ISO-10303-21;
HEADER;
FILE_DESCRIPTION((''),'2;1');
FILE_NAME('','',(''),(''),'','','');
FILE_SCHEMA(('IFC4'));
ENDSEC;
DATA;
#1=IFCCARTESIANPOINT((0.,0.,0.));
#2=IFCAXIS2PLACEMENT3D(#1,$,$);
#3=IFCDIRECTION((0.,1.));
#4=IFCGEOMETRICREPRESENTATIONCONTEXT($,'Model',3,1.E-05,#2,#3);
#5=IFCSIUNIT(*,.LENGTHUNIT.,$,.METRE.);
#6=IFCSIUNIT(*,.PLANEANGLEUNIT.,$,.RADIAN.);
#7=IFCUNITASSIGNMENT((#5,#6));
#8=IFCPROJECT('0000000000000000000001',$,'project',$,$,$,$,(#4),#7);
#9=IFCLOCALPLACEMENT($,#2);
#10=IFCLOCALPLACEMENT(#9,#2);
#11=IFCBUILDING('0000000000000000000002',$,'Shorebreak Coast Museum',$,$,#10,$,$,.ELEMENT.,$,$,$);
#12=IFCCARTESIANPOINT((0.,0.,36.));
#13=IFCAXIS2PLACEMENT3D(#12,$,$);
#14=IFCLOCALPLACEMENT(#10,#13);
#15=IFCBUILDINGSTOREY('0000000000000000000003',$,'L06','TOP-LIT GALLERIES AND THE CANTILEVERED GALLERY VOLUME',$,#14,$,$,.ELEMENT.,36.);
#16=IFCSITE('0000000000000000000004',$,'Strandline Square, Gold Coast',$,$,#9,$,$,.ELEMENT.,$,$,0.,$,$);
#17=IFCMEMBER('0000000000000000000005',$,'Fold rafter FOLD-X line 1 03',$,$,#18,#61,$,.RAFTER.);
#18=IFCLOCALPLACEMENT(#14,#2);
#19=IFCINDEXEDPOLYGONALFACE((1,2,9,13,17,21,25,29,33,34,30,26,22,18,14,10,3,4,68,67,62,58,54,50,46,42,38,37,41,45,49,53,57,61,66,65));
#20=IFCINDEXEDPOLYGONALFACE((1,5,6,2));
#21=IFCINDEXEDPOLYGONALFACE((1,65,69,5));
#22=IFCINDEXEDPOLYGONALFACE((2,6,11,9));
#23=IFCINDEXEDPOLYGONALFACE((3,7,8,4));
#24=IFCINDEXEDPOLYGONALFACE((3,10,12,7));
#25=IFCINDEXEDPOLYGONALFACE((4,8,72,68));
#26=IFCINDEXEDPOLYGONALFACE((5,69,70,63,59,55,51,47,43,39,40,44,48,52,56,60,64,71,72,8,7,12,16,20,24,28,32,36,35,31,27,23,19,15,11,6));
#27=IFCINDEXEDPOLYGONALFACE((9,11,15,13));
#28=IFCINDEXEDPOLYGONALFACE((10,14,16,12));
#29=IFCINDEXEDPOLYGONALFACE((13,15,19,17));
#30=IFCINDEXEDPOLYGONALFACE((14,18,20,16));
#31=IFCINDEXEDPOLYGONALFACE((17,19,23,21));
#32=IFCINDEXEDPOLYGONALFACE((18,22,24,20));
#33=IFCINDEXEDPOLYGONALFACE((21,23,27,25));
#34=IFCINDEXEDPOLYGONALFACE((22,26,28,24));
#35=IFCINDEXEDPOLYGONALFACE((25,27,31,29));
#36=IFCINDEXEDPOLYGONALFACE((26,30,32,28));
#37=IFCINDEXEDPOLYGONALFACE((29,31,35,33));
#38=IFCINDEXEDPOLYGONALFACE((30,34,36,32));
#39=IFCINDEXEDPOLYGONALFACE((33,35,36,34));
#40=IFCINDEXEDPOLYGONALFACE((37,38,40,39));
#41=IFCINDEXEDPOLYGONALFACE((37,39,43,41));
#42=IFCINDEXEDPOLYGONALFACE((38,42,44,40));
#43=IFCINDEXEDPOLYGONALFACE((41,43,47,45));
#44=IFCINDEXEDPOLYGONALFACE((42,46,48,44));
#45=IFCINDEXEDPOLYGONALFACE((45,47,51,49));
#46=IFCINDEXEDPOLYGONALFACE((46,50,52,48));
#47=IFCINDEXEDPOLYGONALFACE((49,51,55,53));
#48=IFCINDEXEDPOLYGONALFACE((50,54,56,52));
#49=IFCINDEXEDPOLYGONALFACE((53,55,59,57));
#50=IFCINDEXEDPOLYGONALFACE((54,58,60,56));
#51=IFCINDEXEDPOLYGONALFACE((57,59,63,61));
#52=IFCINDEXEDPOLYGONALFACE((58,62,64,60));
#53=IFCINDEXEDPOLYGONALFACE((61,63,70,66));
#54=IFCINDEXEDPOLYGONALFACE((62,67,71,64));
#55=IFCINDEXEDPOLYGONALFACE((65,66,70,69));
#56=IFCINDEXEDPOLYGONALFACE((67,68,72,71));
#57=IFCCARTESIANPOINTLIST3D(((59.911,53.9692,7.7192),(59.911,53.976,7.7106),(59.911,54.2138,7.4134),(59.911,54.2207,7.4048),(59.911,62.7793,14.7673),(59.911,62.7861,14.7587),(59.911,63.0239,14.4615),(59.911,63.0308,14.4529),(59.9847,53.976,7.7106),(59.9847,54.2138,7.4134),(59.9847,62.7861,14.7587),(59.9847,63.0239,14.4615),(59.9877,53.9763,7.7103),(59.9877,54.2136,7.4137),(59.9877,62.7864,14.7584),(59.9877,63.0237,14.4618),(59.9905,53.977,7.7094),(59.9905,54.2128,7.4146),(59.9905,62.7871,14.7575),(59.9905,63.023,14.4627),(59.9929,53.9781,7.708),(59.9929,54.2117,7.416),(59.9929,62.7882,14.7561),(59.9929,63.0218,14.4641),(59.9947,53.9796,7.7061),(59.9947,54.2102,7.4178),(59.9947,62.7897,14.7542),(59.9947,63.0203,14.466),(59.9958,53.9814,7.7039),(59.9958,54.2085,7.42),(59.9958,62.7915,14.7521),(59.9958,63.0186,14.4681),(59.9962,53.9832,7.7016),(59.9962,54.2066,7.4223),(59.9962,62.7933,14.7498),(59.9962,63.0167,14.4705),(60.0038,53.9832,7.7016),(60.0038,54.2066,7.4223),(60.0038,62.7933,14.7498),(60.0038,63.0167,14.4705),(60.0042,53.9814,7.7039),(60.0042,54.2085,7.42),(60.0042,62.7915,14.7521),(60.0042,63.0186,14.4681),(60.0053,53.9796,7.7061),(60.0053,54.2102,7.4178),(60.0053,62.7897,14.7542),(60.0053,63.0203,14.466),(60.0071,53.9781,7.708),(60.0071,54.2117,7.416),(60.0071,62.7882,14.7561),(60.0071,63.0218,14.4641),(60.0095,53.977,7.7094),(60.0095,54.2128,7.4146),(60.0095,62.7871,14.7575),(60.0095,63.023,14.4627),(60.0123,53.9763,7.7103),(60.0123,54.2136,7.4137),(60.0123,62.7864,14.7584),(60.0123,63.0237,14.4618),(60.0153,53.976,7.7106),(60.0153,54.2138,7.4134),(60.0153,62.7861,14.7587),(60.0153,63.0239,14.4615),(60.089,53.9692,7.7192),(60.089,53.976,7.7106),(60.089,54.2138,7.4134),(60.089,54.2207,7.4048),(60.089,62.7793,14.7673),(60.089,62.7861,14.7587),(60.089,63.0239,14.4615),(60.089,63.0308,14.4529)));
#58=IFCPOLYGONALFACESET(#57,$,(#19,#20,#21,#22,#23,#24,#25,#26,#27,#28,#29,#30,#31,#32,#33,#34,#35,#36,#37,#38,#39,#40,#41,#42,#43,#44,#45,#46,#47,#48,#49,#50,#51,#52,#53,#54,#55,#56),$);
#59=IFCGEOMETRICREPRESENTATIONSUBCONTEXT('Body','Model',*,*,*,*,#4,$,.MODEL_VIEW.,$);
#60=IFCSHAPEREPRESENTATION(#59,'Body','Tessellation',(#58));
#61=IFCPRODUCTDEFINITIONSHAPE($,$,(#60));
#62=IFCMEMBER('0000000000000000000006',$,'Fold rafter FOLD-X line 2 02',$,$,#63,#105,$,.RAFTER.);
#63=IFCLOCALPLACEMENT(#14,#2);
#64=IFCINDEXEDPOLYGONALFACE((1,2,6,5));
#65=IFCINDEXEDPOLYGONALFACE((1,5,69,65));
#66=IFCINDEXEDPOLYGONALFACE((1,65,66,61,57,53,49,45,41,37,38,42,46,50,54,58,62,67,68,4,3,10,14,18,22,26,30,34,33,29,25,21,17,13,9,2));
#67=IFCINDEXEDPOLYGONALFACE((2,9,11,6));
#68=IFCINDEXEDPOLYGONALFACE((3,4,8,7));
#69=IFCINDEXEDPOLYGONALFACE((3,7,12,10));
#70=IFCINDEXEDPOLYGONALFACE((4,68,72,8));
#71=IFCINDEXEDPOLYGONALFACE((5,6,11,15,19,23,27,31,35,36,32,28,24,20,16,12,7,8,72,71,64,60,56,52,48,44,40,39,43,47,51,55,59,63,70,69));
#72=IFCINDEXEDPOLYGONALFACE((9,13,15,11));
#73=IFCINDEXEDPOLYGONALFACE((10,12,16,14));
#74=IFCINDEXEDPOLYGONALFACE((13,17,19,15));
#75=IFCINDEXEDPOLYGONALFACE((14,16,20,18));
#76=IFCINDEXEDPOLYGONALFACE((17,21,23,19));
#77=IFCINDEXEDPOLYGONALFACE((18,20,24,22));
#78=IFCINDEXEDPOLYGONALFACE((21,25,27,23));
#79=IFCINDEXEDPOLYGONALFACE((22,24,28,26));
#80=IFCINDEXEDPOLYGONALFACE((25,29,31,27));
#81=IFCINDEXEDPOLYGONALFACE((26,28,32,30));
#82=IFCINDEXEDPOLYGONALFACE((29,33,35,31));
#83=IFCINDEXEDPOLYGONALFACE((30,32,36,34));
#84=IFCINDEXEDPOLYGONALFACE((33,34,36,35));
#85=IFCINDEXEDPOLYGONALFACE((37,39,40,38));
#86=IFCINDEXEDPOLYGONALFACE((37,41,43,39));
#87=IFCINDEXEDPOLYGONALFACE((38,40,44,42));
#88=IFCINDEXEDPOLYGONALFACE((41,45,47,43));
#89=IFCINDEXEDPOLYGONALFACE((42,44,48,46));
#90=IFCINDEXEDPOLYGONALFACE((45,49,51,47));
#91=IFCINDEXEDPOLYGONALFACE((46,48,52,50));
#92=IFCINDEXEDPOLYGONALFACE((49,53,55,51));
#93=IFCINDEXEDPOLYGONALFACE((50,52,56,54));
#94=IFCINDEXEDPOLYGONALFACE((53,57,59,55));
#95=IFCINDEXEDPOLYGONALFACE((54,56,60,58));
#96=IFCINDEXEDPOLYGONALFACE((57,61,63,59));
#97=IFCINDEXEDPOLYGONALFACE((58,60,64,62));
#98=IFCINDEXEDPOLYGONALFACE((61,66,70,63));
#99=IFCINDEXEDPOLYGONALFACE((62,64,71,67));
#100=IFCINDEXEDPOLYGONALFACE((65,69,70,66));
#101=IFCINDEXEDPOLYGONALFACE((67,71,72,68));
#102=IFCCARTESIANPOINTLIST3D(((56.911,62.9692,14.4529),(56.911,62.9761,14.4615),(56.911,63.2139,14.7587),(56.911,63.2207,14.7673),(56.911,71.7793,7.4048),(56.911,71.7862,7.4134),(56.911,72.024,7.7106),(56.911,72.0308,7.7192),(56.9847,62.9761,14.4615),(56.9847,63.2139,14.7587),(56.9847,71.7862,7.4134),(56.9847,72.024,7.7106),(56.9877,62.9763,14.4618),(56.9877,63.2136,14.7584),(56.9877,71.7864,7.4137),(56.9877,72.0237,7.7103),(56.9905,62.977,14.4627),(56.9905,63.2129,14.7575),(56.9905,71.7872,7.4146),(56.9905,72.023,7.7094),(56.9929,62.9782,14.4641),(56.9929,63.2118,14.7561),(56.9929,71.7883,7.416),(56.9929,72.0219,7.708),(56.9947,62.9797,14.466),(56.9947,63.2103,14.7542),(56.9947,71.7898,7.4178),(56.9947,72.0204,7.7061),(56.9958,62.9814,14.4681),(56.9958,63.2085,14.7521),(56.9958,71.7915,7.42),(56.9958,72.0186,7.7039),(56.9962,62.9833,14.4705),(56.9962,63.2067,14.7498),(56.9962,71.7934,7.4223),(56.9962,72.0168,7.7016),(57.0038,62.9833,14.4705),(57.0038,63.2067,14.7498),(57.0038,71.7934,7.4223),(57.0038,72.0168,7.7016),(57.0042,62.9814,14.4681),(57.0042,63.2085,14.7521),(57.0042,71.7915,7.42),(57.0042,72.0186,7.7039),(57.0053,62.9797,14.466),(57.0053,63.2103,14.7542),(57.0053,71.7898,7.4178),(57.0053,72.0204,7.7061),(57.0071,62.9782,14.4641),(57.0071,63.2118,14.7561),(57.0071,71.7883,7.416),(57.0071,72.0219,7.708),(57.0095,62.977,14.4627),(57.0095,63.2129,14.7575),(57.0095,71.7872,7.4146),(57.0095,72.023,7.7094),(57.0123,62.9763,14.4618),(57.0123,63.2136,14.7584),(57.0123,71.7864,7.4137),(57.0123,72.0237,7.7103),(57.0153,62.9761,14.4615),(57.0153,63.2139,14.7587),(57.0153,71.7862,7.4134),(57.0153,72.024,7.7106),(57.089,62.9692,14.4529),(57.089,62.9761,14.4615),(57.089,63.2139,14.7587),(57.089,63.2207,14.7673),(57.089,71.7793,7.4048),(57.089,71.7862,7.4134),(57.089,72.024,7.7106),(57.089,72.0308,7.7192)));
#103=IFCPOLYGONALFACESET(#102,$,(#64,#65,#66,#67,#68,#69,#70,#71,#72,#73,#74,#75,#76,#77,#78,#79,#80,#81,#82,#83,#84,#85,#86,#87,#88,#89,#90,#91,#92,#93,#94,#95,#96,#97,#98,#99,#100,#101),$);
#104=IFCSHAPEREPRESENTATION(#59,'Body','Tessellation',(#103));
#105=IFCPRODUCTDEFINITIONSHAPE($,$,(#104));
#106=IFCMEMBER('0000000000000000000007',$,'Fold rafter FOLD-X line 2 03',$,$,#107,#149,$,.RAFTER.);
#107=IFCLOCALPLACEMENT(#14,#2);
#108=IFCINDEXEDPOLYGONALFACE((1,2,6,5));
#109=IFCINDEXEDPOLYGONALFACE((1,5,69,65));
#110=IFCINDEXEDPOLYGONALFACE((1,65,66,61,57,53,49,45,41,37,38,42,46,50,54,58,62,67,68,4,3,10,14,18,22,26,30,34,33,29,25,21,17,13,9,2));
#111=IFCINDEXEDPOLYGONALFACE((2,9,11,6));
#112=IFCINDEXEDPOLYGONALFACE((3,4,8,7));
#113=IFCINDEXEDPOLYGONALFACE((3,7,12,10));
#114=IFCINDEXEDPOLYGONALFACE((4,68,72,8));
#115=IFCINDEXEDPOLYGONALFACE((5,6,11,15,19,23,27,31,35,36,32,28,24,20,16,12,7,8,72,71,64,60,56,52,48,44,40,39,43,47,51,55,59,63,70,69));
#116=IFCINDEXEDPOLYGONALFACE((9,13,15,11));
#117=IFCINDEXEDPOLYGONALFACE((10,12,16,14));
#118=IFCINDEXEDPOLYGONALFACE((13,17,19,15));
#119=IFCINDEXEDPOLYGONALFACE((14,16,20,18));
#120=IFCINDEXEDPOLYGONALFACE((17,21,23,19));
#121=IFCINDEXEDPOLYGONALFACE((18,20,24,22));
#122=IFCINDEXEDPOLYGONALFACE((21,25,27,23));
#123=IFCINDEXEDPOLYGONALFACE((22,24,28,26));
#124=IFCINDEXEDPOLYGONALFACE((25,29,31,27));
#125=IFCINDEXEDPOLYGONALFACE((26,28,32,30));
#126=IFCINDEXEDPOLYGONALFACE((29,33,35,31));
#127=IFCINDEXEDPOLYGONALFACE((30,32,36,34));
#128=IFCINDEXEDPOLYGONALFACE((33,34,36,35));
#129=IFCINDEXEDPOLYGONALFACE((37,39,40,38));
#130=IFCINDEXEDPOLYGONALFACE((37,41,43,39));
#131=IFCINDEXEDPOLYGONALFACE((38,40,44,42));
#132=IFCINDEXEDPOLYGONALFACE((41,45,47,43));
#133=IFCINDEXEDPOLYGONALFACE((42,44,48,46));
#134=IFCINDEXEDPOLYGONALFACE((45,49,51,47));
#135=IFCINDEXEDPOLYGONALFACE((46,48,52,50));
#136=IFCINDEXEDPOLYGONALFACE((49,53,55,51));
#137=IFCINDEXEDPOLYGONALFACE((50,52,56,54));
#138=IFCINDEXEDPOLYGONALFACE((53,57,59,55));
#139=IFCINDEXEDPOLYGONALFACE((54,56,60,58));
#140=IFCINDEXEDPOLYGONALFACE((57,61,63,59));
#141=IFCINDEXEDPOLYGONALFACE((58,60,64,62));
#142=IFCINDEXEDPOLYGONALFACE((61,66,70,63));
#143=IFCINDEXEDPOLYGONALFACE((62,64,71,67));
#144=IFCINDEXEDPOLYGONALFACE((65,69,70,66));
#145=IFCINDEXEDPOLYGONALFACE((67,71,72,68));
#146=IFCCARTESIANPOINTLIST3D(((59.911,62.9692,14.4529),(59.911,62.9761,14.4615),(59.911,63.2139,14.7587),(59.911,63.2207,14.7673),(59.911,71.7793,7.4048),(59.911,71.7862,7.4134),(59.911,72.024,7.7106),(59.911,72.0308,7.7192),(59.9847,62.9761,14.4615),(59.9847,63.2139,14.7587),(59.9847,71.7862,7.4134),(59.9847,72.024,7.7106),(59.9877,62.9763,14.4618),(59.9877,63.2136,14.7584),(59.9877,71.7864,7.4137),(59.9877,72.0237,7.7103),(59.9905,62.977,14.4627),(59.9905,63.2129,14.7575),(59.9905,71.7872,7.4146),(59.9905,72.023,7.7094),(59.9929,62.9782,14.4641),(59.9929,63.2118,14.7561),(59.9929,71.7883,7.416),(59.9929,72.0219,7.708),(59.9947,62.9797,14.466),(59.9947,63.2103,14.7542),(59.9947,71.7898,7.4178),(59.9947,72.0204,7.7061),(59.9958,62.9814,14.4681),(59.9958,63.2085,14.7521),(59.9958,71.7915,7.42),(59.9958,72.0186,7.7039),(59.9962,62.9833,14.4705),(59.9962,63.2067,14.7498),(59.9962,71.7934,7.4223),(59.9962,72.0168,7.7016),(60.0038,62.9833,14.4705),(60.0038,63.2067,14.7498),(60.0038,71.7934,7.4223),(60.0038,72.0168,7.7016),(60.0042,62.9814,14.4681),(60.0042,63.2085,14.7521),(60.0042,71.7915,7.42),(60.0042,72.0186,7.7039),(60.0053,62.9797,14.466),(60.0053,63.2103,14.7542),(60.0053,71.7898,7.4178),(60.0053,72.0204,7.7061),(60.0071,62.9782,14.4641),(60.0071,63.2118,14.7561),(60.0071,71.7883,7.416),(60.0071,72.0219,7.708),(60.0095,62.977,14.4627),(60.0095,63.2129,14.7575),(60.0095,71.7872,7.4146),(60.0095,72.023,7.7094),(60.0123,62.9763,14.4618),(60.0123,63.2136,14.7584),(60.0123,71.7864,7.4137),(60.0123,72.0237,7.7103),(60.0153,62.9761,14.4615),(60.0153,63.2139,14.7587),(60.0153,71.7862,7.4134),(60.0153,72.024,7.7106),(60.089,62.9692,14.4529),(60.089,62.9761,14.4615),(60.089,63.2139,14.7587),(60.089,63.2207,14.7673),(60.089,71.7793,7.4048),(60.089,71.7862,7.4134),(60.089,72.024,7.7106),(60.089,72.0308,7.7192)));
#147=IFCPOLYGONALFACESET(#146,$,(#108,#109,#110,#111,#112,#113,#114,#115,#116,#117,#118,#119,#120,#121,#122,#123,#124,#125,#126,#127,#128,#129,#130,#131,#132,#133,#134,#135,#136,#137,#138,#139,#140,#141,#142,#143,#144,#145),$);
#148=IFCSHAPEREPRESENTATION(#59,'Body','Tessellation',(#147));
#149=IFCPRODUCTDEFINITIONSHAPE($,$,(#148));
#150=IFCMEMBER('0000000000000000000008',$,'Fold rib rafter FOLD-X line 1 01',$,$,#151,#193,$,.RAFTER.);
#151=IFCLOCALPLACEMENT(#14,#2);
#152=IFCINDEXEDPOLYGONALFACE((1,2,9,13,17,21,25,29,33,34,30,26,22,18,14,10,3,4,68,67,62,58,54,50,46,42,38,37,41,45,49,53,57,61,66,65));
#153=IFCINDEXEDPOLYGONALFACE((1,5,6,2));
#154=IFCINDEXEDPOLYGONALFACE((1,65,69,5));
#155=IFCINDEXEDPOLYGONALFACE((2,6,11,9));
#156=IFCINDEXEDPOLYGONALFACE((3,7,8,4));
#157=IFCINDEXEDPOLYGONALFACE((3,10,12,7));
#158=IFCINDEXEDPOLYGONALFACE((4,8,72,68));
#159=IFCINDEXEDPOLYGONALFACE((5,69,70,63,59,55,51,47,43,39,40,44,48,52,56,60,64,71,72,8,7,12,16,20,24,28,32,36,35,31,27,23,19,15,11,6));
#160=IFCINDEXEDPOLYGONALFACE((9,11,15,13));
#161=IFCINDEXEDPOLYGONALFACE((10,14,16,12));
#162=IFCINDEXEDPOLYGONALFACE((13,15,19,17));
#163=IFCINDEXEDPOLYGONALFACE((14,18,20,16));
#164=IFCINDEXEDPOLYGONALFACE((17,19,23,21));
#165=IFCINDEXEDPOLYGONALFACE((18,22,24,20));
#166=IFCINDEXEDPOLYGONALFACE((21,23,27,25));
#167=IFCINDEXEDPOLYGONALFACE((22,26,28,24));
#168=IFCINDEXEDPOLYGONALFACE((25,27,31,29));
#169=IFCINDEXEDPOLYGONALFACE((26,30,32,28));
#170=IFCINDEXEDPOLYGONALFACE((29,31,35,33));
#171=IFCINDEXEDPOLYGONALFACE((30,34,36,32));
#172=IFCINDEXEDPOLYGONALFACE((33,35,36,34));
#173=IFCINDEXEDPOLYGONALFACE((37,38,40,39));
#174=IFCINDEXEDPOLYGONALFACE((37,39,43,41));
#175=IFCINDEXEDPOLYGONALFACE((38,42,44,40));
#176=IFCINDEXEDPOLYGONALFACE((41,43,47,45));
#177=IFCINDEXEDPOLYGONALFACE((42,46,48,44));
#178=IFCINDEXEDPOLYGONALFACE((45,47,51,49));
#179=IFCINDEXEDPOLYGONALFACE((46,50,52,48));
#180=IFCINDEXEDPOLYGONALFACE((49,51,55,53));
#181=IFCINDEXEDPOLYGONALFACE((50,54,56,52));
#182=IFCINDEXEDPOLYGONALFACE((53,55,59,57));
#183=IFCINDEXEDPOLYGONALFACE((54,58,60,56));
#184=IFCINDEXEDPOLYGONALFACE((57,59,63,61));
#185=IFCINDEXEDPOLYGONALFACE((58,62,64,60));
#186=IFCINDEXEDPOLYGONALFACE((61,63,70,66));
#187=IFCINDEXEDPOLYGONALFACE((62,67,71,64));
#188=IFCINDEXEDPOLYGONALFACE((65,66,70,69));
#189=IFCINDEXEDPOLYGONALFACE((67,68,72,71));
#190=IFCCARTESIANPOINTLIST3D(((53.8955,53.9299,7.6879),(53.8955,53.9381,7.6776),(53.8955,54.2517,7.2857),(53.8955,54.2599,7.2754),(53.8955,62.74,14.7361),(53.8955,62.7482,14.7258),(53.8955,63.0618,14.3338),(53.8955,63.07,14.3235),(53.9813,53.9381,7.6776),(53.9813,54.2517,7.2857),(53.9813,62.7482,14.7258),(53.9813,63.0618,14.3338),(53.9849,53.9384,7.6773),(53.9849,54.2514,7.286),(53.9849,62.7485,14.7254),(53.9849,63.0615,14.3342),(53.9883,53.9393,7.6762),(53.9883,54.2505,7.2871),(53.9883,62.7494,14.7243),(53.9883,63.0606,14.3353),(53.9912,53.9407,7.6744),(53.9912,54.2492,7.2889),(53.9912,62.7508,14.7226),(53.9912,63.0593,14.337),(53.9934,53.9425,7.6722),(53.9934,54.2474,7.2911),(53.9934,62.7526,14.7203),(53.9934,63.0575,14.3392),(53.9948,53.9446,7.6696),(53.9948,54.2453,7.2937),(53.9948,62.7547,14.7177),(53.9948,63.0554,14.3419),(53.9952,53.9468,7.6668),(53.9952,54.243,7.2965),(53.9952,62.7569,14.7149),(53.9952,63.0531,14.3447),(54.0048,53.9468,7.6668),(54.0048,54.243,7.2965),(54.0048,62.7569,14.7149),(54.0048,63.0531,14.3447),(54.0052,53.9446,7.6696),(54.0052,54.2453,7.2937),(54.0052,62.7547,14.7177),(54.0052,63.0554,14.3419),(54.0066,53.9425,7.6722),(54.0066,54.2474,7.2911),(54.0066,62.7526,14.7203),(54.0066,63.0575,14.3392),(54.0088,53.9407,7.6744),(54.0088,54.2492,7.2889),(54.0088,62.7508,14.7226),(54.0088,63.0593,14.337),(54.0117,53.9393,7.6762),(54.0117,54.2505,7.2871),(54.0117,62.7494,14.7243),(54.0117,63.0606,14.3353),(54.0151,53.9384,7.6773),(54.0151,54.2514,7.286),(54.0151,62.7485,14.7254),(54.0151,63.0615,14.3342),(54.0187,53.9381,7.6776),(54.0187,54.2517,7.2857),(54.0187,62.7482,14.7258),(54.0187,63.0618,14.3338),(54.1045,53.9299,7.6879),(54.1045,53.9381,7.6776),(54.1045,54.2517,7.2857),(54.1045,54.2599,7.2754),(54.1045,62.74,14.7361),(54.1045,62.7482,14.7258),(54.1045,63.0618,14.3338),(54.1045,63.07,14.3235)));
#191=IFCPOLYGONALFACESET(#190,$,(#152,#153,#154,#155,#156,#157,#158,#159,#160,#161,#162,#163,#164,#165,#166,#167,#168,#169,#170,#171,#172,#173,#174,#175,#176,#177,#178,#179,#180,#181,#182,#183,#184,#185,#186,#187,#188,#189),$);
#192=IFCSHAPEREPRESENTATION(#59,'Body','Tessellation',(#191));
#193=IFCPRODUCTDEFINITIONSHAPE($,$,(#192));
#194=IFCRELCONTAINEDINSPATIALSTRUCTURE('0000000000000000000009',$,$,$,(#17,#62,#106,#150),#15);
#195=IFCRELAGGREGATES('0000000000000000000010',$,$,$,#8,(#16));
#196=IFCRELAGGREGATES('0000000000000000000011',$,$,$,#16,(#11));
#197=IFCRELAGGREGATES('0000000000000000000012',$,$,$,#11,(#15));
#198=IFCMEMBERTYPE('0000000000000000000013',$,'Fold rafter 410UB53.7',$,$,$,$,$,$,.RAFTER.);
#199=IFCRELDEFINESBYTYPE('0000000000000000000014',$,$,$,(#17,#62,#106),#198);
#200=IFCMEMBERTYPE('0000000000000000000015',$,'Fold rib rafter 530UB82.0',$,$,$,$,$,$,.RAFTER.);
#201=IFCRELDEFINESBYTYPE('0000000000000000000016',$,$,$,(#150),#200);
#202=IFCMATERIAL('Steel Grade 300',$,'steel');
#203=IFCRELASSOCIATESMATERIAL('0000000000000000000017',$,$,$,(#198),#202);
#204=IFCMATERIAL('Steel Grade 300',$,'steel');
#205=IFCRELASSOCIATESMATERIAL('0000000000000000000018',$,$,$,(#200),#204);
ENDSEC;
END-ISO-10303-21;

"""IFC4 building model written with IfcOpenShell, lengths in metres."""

from ifc_helpers import new_model, si_unit, direction, frame, origin, origin_2d, place, context, subcontext, project, spatial, i_section, extrude, material, material_profile, profile_set, type_object, element, save


model = new_model("IFC4")

# Units and contexts
model_context = context("Model", 3, precision=1e-05, world=origin(), true_north=direction((0.0, 1.0)))
body_context = subcontext(model_context, "Body", "Model", "MODEL_VIEW")
ifc_project = project(units=[si_unit("LENGTHUNIT", "METRE"), si_unit("PLANEANGLEUNIT", "RADIAN")], contexts=[model_context])

# Site, building, storey
site_placement = place(None, origin())
site = spatial("IfcSite", under=ifc_project, at=site_placement, Name="Strandline Square, Gold Coast", CompositionType="ELEMENT", RefElevation=0.0)
building_placement = place(site_placement, origin())
building = spatial("IfcBuilding", under=site, at=building_placement, Name="Shorebreak Coast Museum", CompositionType="ELEMENT")
storey_placement = place(building_placement, frame((0.0, 0.0, 36.0)))
storey = spatial("IfcBuildingStorey", under=building, at=storey_placement, Name="L06", Description="TOP-LIT GALLERIES AND THE CANTILEVERED GALLERY VOLUME", CompositionType="ELEMENT", Elevation=36.0)

# Members
ifc_material_1 = material(Name="Steel Grade 300", Category="steel")
ifc_material_profile_1 = material_profile(ifc_material_1, i_section(OverallWidth=0.178, OverallDepth=0.4026, WebThickness=0.0076, FlangeThickness=0.011, FilletRadius=0.0115, at=origin_2d()), Name="410UB53.7")
ifc_profile_set_1 = profile_set([ifc_material_profile_1], Name="Steel Grade 300")
member_type_1 = type_object("IfcMemberType", Name="Fold rafter 410UB53.7", PredefinedType="RAFTER", material=ifc_profile_set_1)
for number, where, z_axis, x_axis, name in (
    (1, (60.0, 62.905, 14.6101), (0.0, -0.780867, -0.624698), (1.0, 0.0, 0.0), "Fold rafter FOLD-X line 1 03"),
    (2, (57.0, 63.095, 14.6101), (0.0, 0.780867, -0.624698), (-1.0, 0.0, 0.0), "Fold rafter FOLD-X line 2 02"),
    (3, (60.0, 63.095, 14.6101), (0.0, 0.780867, -0.624698), (-1.0, 0.0, 0.0), "Fold rafter FOLD-X line 2 03"),
):
    element("IfcMember", number, at=place(storey_placement, frame(where, z_axis=z_axis, x_axis=x_axis)), inside=storey, type_object=member_type_1, Name=name, PredefinedType="RAFTER", context=body_context, shape_type="SweptSolid", body=[
        extrude(i_section(OverallWidth=0.178, OverallDepth=0.4026, WebThickness=0.0076, FlangeThickness=0.011, FilletRadius=0.0115, at=origin_2d()), origin(), (0.0, 0.0, 1.0), 11.2825),
    ])
ifc_material_2 = material(Name="Steel Grade 300", Category="steel")
ifc_material_profile_2 = material_profile(ifc_material_2, i_section(OverallWidth=0.209, OverallDepth=0.5283, WebThickness=0.0095, FlangeThickness=0.0132, FilletRadius=0.0139, at=origin_2d()), Name="530UB82.0")
ifc_profile_set_2 = profile_set([ifc_material_profile_2], Name="Steel Grade 300")
member_type_2 = type_object("IfcMemberType", Name="Fold rib rafter 530UB82.0", PredefinedType="RAFTER", material=ifc_profile_set_2)
for number, where, z_axis, x_axis, name in (
    (4, (54.0, 62.905, 14.5298), (0.0, -0.780867, -0.624698), (1.0, 0.0, 0.0), "Fold rib rafter FOLD-X line 1 01"),
):
    element("IfcMember", number, at=place(storey_placement, frame(where, z_axis=z_axis, x_axis=x_axis)), inside=storey, type_object=member_type_2, Name=name, PredefinedType="RAFTER", context=body_context, shape_type="SweptSolid", body=[
        extrude(i_section(OverallWidth=0.209, OverallDepth=0.5283, WebThickness=0.0095, FlangeThickness=0.0132, FilletRadius=0.0139, at=origin_2d()), origin(), (0.0, 0.0, 1.0), 11.2825),
    ])

save(model, "model.ifc")
